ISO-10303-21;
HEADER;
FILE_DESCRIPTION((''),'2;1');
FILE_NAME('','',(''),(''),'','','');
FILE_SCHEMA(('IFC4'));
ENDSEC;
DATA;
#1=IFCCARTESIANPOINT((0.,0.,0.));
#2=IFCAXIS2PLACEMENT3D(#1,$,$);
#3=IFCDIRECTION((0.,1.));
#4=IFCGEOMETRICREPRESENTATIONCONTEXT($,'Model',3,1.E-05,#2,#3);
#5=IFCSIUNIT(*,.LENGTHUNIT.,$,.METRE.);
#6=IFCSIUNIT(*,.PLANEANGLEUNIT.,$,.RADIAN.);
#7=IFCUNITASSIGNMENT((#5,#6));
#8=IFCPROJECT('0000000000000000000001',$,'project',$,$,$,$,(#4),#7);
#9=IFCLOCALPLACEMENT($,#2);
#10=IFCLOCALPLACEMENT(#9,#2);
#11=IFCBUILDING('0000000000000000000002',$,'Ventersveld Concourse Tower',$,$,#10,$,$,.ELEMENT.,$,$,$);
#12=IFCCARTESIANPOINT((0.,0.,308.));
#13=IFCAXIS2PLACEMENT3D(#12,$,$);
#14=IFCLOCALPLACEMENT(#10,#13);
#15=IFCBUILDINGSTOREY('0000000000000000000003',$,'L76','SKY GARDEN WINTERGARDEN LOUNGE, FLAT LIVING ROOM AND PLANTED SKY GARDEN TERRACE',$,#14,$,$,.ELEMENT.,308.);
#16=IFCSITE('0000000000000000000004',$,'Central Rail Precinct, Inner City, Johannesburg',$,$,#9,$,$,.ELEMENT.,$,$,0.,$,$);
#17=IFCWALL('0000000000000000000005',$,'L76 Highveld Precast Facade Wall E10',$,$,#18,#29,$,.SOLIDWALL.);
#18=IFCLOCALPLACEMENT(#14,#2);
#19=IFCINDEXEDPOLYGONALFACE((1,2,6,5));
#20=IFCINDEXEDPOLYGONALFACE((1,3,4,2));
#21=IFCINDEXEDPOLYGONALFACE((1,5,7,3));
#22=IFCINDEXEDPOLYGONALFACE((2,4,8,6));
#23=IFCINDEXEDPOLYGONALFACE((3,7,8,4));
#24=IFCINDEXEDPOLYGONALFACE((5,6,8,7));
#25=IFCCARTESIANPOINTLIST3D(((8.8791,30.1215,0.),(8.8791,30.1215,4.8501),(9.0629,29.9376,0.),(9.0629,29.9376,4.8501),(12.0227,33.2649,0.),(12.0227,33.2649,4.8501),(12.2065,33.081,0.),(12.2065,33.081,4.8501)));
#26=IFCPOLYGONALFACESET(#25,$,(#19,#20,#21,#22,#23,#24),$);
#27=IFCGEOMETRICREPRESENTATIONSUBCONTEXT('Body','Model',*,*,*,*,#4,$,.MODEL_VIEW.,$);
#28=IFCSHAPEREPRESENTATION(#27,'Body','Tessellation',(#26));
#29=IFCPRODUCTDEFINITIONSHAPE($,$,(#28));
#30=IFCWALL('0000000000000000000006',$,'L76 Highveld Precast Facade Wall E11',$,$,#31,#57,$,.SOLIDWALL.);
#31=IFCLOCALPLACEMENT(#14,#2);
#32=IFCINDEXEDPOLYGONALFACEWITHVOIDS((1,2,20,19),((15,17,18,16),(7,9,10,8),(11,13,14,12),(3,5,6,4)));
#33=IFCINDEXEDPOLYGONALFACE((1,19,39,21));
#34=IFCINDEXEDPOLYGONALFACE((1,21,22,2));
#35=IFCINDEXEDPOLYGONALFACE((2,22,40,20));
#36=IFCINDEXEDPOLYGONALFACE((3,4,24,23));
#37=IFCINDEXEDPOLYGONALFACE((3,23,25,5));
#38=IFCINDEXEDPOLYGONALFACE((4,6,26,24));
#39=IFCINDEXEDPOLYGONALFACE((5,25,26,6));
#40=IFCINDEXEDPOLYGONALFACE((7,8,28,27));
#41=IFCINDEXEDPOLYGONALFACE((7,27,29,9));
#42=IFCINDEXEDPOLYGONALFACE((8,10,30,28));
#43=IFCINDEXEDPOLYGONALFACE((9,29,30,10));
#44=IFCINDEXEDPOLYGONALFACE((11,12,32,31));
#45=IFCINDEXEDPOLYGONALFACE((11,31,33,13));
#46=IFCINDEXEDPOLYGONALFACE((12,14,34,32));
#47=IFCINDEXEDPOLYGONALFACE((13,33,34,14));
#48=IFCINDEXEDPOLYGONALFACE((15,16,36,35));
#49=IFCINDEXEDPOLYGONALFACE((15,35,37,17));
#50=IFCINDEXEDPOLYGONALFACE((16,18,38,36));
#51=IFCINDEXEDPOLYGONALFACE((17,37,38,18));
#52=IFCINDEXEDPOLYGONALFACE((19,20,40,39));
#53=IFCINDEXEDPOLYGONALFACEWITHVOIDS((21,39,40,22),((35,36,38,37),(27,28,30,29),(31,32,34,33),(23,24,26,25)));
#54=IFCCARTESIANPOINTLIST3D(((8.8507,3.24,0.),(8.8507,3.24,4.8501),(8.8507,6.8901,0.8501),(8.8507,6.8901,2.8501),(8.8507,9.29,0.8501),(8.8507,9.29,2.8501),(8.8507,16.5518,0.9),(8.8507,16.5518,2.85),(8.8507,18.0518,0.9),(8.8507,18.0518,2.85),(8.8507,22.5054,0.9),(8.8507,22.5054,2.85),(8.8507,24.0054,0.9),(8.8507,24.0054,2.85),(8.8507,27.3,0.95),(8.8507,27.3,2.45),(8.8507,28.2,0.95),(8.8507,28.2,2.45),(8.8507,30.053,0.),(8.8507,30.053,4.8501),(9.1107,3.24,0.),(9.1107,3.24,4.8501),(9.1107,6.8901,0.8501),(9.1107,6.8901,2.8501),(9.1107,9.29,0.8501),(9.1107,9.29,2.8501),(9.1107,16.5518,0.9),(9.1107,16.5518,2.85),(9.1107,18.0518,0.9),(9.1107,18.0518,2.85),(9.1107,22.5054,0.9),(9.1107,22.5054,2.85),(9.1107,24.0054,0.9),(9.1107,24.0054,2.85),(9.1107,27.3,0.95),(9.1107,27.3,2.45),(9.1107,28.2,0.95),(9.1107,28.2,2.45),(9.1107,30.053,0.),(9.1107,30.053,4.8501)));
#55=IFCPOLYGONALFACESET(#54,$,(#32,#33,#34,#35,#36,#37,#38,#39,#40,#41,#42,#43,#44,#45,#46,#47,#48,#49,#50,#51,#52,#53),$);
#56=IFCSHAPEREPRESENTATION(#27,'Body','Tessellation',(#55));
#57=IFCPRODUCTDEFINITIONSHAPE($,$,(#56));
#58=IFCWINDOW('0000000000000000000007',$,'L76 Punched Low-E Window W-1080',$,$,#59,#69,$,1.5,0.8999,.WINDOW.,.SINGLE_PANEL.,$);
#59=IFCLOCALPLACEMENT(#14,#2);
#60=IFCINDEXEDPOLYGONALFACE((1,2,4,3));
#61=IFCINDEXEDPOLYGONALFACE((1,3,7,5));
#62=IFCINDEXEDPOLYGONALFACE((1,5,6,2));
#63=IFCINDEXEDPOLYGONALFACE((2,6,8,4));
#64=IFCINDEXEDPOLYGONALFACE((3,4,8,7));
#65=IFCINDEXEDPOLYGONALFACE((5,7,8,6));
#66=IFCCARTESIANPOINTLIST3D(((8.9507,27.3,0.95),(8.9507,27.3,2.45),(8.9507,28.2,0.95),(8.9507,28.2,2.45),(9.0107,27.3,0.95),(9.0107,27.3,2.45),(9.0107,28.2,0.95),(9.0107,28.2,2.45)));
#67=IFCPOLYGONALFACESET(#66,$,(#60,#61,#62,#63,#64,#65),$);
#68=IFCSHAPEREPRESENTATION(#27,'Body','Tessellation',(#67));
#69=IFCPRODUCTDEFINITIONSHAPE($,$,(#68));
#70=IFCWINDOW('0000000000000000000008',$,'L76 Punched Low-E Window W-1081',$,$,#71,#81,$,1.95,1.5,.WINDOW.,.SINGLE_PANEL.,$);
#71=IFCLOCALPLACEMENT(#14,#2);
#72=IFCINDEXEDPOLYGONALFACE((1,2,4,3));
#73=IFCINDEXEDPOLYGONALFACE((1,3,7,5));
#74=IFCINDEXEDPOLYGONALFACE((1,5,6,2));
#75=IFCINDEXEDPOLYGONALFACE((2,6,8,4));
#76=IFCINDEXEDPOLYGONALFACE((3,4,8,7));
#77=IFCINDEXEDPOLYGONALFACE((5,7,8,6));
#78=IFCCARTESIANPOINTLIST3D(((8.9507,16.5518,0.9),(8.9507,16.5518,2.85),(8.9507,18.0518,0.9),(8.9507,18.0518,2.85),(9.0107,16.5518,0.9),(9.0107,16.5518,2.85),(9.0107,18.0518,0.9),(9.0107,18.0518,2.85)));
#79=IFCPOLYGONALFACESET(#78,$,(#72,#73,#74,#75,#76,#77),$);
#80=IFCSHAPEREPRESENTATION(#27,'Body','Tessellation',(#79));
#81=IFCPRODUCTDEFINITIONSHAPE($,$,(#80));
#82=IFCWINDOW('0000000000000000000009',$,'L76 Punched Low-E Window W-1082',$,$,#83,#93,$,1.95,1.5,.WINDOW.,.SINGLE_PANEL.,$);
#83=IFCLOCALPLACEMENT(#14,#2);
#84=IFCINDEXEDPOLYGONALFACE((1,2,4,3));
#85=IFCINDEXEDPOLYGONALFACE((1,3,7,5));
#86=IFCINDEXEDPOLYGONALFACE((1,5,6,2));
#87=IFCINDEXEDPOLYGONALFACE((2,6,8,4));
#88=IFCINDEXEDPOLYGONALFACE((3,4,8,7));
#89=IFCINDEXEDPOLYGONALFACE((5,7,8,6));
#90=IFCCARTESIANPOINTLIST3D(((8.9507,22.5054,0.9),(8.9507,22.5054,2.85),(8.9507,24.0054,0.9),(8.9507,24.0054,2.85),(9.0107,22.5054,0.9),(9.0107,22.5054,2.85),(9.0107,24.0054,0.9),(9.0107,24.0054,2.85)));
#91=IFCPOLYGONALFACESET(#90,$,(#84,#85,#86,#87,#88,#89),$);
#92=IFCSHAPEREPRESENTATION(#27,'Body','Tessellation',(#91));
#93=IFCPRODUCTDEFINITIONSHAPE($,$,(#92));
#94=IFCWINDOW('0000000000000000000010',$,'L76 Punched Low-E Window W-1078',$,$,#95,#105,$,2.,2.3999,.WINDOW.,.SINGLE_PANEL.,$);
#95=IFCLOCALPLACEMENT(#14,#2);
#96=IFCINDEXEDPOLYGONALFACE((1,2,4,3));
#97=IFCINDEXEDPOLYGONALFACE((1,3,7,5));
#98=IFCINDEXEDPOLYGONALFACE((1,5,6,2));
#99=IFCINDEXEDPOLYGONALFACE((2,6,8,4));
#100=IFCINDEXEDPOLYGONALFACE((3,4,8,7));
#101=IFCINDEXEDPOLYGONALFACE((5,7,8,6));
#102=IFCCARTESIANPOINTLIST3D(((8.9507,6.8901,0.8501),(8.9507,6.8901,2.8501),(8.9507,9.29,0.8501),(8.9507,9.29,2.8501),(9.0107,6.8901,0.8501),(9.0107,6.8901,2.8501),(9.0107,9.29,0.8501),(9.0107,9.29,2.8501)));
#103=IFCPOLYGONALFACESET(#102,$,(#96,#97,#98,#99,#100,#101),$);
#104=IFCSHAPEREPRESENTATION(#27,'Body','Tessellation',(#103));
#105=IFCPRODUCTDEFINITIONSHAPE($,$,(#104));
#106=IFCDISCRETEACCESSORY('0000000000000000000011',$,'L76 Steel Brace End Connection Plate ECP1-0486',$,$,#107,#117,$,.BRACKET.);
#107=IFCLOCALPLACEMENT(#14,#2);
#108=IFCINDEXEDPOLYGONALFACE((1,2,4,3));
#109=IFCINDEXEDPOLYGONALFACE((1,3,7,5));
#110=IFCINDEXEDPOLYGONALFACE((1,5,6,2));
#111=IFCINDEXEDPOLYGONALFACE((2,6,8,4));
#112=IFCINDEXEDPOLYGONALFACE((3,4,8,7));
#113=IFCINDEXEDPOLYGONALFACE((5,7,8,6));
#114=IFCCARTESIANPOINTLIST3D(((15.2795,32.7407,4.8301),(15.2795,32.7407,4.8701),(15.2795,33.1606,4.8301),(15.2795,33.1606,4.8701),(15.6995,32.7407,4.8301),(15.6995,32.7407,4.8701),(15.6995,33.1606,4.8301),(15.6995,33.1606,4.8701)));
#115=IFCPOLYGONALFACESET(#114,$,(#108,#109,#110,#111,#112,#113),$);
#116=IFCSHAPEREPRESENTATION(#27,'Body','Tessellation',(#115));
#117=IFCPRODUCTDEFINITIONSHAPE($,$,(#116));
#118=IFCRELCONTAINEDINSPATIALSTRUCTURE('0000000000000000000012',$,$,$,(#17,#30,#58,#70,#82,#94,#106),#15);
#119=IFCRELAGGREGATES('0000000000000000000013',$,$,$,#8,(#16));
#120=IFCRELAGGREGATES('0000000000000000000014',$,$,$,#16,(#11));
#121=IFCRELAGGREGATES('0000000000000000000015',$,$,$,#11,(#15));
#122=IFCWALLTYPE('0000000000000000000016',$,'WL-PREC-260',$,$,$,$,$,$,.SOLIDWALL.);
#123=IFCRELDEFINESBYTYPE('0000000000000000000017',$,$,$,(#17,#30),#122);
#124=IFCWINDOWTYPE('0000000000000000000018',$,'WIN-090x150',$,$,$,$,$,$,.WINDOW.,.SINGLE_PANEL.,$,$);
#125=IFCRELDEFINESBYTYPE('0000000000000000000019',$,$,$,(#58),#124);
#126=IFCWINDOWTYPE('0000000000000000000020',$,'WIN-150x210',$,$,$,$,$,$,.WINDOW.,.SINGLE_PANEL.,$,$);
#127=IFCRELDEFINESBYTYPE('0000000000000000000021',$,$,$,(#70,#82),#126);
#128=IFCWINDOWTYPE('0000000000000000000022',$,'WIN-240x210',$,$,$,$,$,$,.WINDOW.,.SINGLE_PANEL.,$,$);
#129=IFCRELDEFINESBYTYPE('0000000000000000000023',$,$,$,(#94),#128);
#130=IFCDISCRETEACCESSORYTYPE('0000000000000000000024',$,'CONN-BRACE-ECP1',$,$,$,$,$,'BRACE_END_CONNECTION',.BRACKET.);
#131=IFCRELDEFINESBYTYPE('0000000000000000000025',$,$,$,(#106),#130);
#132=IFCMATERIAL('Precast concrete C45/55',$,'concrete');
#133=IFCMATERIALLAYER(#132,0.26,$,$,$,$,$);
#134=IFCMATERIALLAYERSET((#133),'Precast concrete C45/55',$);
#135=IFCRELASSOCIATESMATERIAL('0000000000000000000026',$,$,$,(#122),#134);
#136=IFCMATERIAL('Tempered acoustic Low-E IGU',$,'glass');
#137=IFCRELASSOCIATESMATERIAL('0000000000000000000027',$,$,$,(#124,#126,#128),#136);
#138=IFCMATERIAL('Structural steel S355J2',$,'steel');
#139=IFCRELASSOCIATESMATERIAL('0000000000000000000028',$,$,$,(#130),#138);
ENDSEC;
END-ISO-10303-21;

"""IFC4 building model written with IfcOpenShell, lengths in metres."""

from ifc_helpers import new_model, si_unit, direction, frame, frame_2d, origin, origin_2d, place, context, subcontext, project, spatial, rectangle, extrude, material, layer, layer_set, type_object, element, fill, save


model = new_model("IFC4")

# Units and contexts
model_context = context("Model", 3, precision=1e-05, world=origin(), true_north=direction((0.0, 1.0)))
body_context = subcontext(model_context, "Body", "Model", "MODEL_VIEW")
ifc_project = project(units=[si_unit("LENGTHUNIT", "METRE"), si_unit("PLANEANGLEUNIT", "RADIAN")], contexts=[model_context])

# Site, building, storey
site_placement = place(None, origin())
site = spatial("IfcSite", under=ifc_project, at=site_placement, Name="Central Rail Precinct, Inner City, Johannesburg", CompositionType="ELEMENT", RefElevation=0.0)
building_placement = place(site_placement, origin())
building = spatial("IfcBuilding", under=site, at=building_placement, Name="Ventersveld Concourse Tower", CompositionType="ELEMENT")
storey_placement = place(building_placement, frame((0.0, 0.0, 308.0)))
storey = spatial("IfcBuildingStorey", under=building, at=storey_placement, Name="L76", Description="SKY GARDEN WINTERGARDEN LOUNGE, FLAT LIVING ROOM AND PLANTED SKY GARDEN TERRACE", CompositionType="ELEMENT", Elevation=308.0)

# Shared definitions
ifc_material_1 = material(Name="Structural steel S355J2", Category="steel")

# Wall
ifc_material_2 = material(Name="Precast concrete C45/55", Category="concrete")
ifc_layer_1 = layer(ifc_material_2, 0.26)
ifc_layer_set_1 = layer_set([ifc_layer_1], Name="Precast concrete C45/55")
wall_type_1 = type_object("IfcWallType", Name="WL-PREC-260", PredefinedType="SOLIDWALL", material=ifc_layer_set_1)
wall_1_placement = place(storey_placement, frame((12.1145, 33.1729, 0.0), z_axis=(0.0, 0.0, 1.0), x_axis=(-0.707134, -0.707079, 0.0)))
element("IfcWall", 1, at=wall_1_placement, inside=storey, type_object=wall_type_1, Name="L76 Highveld Precast Facade Wall E10", PredefinedType="SOLIDWALL", context=body_context, shape_type="SweptSolid", body=[
    extrude(rectangle(XDim=4.4456, YDim=0.26, at=frame_2d((2.2227, 0.0))), origin(), (0.0, 0.0, 1.0), 4.8501),
])

# Wall, openings, windows
wall_2_placement = place(storey_placement, frame((8.9807, 30.053, 0.0), z_axis=(0.0, 0.0, 1.0), x_axis=(0.0, -1.0, 0.0)))
wall_2 = element("IfcWall", 2, at=wall_2_placement, inside=storey, type_object=wall_type_1, Name="L76 Highveld Precast Facade Wall E11", PredefinedType="SOLIDWALL", context=body_context, shape_type="SweptSolid", body=[
    extrude(rectangle(XDim=26.813, YDim=0.26, at=frame_2d((13.4065, 0.0))), origin(), (0.0, 0.0, 1.0), 4.8501),
])
opening_1_placement = place(wall_2_placement, frame((20.7629, 0.0, 0.8501)))
opening_1 = element("IfcOpeningElement", 3, at=opening_1_placement, cuts=wall_2, PredefinedType="OPENING", context=body_context, shape_type="SweptSolid", body=[
    extrude(rectangle(XDim=2.3999, YDim=2.0, at=frame_2d((1.2, 1.0))), frame((0.0, 0.1401, 0.0), z_axis=(0.0, -1.0, 0.0), x_axis=(1.0, 0.0, 0.0)), (0.0, 0.0, 1.0), 0.28),
])
opening_2_placement = place(wall_2_placement, frame((1.853, 0.0, 0.95)))
opening_2 = element("IfcOpeningElement", 4, at=opening_2_placement, cuts=wall_2, PredefinedType="OPENING", context=body_context, shape_type="SweptSolid", body=[
    extrude(rectangle(XDim=0.8999, YDim=1.5, at=frame_2d((0.45, 0.75))), frame((0.0, 0.1401, 0.0), z_axis=(0.0, -1.0, 0.0), x_axis=(1.0, 0.0, 0.0)), (0.0, 0.0, 1.0), 0.28),
])
opening_3_placement = place(wall_2_placement, frame((12.0012, 0.0, 0.8999)))
opening_3 = element("IfcOpeningElement", 5, at=opening_3_placement, cuts=wall_2, PredefinedType="OPENING", context=body_context, shape_type="SweptSolid", body=[
    extrude(rectangle(XDim=1.5, YDim=1.95, at=frame_2d((0.75, 0.9751))), frame((0.0, 0.1401, 0.0), z_axis=(0.0, -1.0, 0.0), x_axis=(1.0, 0.0, 0.0)), (0.0, 0.0, 1.0), 0.28),
])
opening_4_placement = place(wall_2_placement, frame((6.0476, 0.0, 0.8999)))
opening_4 = element("IfcOpeningElement", 6, at=opening_4_placement, cuts=wall_2, PredefinedType="OPENING", context=body_context, shape_type="SweptSolid", body=[
    extrude(rectangle(XDim=1.5, YDim=1.95, at=frame_2d((0.75, 0.9751))), frame((0.0, 0.1401, 0.0), z_axis=(0.0, -1.0, 0.0), x_axis=(1.0, 0.0, 0.0)), (0.0, 0.0, 1.0), 0.28),
])
ifc_material_3 = material(Name="Tempered acoustic Low-E IGU", Category="glass")
window_type_1 = type_object("IfcWindowType", Name="WIN-090x150", PartitioningType="SINGLE_PANEL", PredefinedType="WINDOW", material=ifc_material_3)
window_1_placement = place(opening_2_placement, origin())
window_1 = element("IfcWindow", 7, at=window_1_placement, inside=storey, type_object=window_type_1, Name="L76 Punched Low-E Window W-1080", OverallHeight=1.5, OverallWidth=0.8999, PartitioningType="SINGLE_PANEL", PredefinedType="WINDOW", context=body_context, shape_type="SweptSolid", body=[
    extrude(rectangle(XDim=0.8999, YDim=1.5, at=frame_2d((0.45, 0.75))), frame((0.0, 0.03, 0.0), z_axis=(0.0, -1.0, 0.0), x_axis=(1.0, 0.0, 0.0)), (0.0, 0.0, 1.0), 0.0601),
])
fill(opening_2, window_1)
window_type_2 = type_object("IfcWindowType", Name="WIN-150x210", PartitioningType="SINGLE_PANEL", PredefinedType="WINDOW", material=ifc_material_3)
window_2_placement = place(opening_3_placement, origin())
window_2 = element("IfcWindow", 8, at=window_2_placement, inside=storey, type_object=window_type_2, Name="L76 Punched Low-E Window W-1081", OverallHeight=1.95, OverallWidth=1.5, PartitioningType="SINGLE_PANEL", PredefinedType="WINDOW", context=body_context, shape_type="SweptSolid", body=[
    extrude(rectangle(XDim=1.5, YDim=1.95, at=frame_2d((0.75, 0.9751))), frame((0.0, 0.03, 0.0), z_axis=(0.0, -1.0, 0.0), x_axis=(1.0, 0.0, 0.0)), (0.0, 0.0, 1.0), 0.0601),
])
fill(opening_3, window_2)
window_3_placement = place(opening_4_placement, origin())
window_3 = element("IfcWindow", 9, at=window_3_placement, inside=storey, type_object=window_type_2, Name="L76 Punched Low-E Window W-1082", OverallHeight=1.95, OverallWidth=1.5, PartitioningType="SINGLE_PANEL", PredefinedType="WINDOW", context=body_context, shape_type="SweptSolid", body=[
    extrude(rectangle(XDim=1.5, YDim=1.95, at=frame_2d((0.75, 0.9751))), frame((0.0, 0.03, 0.0), z_axis=(0.0, -1.0, 0.0), x_axis=(1.0, 0.0, 0.0)), (0.0, 0.0, 1.0), 0.0601),
])
fill(opening_4, window_3)
window_type_3 = type_object("IfcWindowType", Name="WIN-240x210", PartitioningType="SINGLE_PANEL", PredefinedType="WINDOW", material=ifc_material_3)
window_4_placement = place(opening_1_placement, origin())
window_4 = element("IfcWindow", 10, at=window_4_placement, inside=storey, type_object=window_type_3, Name="L76 Punched Low-E Window W-1078", OverallHeight=2.0, OverallWidth=2.3999, PartitioningType="SINGLE_PANEL", PredefinedType="WINDOW", context=body_context, shape_type="SweptSolid", body=[
    extrude(rectangle(XDim=2.3999, YDim=2.0, at=frame_2d((1.2, 1.0))), frame((0.0, 0.03, 0.0), z_axis=(0.0, -1.0, 0.0), x_axis=(1.0, 0.0, 0.0)), (0.0, 0.0, 1.0), 0.0601),
])
fill(opening_1, window_4)

# Discrete accessory
discrete_accessory_type = type_object("IfcDiscreteAccessoryType", Name="CONN-BRACE-ECP1", ElementType="BRACE_END_CONNECTION", PredefinedType="BRACKET", material=ifc_material_1)
discrete_accessory_placement = place(storey_placement, frame((15.4895, 32.9507, 4.8301), z_axis=(0.0, 0.0, 1.0), x_axis=(1.0, 0.0, 0.0)))
element("IfcDiscreteAccessory", 11, at=discrete_accessory_placement, inside=storey, type_object=discrete_accessory_type, Name="L76 Steel Brace End Connection Plate ECP1-0486", PredefinedType="BRACKET", context=body_context, shape_type="SweptSolid", body=[
    extrude(rectangle(XDim=0.4199, YDim=0.4199, at=origin_2d()), origin(), (0.0, 0.0, 1.0), 0.04),
])

save(model, "model.ifc")
